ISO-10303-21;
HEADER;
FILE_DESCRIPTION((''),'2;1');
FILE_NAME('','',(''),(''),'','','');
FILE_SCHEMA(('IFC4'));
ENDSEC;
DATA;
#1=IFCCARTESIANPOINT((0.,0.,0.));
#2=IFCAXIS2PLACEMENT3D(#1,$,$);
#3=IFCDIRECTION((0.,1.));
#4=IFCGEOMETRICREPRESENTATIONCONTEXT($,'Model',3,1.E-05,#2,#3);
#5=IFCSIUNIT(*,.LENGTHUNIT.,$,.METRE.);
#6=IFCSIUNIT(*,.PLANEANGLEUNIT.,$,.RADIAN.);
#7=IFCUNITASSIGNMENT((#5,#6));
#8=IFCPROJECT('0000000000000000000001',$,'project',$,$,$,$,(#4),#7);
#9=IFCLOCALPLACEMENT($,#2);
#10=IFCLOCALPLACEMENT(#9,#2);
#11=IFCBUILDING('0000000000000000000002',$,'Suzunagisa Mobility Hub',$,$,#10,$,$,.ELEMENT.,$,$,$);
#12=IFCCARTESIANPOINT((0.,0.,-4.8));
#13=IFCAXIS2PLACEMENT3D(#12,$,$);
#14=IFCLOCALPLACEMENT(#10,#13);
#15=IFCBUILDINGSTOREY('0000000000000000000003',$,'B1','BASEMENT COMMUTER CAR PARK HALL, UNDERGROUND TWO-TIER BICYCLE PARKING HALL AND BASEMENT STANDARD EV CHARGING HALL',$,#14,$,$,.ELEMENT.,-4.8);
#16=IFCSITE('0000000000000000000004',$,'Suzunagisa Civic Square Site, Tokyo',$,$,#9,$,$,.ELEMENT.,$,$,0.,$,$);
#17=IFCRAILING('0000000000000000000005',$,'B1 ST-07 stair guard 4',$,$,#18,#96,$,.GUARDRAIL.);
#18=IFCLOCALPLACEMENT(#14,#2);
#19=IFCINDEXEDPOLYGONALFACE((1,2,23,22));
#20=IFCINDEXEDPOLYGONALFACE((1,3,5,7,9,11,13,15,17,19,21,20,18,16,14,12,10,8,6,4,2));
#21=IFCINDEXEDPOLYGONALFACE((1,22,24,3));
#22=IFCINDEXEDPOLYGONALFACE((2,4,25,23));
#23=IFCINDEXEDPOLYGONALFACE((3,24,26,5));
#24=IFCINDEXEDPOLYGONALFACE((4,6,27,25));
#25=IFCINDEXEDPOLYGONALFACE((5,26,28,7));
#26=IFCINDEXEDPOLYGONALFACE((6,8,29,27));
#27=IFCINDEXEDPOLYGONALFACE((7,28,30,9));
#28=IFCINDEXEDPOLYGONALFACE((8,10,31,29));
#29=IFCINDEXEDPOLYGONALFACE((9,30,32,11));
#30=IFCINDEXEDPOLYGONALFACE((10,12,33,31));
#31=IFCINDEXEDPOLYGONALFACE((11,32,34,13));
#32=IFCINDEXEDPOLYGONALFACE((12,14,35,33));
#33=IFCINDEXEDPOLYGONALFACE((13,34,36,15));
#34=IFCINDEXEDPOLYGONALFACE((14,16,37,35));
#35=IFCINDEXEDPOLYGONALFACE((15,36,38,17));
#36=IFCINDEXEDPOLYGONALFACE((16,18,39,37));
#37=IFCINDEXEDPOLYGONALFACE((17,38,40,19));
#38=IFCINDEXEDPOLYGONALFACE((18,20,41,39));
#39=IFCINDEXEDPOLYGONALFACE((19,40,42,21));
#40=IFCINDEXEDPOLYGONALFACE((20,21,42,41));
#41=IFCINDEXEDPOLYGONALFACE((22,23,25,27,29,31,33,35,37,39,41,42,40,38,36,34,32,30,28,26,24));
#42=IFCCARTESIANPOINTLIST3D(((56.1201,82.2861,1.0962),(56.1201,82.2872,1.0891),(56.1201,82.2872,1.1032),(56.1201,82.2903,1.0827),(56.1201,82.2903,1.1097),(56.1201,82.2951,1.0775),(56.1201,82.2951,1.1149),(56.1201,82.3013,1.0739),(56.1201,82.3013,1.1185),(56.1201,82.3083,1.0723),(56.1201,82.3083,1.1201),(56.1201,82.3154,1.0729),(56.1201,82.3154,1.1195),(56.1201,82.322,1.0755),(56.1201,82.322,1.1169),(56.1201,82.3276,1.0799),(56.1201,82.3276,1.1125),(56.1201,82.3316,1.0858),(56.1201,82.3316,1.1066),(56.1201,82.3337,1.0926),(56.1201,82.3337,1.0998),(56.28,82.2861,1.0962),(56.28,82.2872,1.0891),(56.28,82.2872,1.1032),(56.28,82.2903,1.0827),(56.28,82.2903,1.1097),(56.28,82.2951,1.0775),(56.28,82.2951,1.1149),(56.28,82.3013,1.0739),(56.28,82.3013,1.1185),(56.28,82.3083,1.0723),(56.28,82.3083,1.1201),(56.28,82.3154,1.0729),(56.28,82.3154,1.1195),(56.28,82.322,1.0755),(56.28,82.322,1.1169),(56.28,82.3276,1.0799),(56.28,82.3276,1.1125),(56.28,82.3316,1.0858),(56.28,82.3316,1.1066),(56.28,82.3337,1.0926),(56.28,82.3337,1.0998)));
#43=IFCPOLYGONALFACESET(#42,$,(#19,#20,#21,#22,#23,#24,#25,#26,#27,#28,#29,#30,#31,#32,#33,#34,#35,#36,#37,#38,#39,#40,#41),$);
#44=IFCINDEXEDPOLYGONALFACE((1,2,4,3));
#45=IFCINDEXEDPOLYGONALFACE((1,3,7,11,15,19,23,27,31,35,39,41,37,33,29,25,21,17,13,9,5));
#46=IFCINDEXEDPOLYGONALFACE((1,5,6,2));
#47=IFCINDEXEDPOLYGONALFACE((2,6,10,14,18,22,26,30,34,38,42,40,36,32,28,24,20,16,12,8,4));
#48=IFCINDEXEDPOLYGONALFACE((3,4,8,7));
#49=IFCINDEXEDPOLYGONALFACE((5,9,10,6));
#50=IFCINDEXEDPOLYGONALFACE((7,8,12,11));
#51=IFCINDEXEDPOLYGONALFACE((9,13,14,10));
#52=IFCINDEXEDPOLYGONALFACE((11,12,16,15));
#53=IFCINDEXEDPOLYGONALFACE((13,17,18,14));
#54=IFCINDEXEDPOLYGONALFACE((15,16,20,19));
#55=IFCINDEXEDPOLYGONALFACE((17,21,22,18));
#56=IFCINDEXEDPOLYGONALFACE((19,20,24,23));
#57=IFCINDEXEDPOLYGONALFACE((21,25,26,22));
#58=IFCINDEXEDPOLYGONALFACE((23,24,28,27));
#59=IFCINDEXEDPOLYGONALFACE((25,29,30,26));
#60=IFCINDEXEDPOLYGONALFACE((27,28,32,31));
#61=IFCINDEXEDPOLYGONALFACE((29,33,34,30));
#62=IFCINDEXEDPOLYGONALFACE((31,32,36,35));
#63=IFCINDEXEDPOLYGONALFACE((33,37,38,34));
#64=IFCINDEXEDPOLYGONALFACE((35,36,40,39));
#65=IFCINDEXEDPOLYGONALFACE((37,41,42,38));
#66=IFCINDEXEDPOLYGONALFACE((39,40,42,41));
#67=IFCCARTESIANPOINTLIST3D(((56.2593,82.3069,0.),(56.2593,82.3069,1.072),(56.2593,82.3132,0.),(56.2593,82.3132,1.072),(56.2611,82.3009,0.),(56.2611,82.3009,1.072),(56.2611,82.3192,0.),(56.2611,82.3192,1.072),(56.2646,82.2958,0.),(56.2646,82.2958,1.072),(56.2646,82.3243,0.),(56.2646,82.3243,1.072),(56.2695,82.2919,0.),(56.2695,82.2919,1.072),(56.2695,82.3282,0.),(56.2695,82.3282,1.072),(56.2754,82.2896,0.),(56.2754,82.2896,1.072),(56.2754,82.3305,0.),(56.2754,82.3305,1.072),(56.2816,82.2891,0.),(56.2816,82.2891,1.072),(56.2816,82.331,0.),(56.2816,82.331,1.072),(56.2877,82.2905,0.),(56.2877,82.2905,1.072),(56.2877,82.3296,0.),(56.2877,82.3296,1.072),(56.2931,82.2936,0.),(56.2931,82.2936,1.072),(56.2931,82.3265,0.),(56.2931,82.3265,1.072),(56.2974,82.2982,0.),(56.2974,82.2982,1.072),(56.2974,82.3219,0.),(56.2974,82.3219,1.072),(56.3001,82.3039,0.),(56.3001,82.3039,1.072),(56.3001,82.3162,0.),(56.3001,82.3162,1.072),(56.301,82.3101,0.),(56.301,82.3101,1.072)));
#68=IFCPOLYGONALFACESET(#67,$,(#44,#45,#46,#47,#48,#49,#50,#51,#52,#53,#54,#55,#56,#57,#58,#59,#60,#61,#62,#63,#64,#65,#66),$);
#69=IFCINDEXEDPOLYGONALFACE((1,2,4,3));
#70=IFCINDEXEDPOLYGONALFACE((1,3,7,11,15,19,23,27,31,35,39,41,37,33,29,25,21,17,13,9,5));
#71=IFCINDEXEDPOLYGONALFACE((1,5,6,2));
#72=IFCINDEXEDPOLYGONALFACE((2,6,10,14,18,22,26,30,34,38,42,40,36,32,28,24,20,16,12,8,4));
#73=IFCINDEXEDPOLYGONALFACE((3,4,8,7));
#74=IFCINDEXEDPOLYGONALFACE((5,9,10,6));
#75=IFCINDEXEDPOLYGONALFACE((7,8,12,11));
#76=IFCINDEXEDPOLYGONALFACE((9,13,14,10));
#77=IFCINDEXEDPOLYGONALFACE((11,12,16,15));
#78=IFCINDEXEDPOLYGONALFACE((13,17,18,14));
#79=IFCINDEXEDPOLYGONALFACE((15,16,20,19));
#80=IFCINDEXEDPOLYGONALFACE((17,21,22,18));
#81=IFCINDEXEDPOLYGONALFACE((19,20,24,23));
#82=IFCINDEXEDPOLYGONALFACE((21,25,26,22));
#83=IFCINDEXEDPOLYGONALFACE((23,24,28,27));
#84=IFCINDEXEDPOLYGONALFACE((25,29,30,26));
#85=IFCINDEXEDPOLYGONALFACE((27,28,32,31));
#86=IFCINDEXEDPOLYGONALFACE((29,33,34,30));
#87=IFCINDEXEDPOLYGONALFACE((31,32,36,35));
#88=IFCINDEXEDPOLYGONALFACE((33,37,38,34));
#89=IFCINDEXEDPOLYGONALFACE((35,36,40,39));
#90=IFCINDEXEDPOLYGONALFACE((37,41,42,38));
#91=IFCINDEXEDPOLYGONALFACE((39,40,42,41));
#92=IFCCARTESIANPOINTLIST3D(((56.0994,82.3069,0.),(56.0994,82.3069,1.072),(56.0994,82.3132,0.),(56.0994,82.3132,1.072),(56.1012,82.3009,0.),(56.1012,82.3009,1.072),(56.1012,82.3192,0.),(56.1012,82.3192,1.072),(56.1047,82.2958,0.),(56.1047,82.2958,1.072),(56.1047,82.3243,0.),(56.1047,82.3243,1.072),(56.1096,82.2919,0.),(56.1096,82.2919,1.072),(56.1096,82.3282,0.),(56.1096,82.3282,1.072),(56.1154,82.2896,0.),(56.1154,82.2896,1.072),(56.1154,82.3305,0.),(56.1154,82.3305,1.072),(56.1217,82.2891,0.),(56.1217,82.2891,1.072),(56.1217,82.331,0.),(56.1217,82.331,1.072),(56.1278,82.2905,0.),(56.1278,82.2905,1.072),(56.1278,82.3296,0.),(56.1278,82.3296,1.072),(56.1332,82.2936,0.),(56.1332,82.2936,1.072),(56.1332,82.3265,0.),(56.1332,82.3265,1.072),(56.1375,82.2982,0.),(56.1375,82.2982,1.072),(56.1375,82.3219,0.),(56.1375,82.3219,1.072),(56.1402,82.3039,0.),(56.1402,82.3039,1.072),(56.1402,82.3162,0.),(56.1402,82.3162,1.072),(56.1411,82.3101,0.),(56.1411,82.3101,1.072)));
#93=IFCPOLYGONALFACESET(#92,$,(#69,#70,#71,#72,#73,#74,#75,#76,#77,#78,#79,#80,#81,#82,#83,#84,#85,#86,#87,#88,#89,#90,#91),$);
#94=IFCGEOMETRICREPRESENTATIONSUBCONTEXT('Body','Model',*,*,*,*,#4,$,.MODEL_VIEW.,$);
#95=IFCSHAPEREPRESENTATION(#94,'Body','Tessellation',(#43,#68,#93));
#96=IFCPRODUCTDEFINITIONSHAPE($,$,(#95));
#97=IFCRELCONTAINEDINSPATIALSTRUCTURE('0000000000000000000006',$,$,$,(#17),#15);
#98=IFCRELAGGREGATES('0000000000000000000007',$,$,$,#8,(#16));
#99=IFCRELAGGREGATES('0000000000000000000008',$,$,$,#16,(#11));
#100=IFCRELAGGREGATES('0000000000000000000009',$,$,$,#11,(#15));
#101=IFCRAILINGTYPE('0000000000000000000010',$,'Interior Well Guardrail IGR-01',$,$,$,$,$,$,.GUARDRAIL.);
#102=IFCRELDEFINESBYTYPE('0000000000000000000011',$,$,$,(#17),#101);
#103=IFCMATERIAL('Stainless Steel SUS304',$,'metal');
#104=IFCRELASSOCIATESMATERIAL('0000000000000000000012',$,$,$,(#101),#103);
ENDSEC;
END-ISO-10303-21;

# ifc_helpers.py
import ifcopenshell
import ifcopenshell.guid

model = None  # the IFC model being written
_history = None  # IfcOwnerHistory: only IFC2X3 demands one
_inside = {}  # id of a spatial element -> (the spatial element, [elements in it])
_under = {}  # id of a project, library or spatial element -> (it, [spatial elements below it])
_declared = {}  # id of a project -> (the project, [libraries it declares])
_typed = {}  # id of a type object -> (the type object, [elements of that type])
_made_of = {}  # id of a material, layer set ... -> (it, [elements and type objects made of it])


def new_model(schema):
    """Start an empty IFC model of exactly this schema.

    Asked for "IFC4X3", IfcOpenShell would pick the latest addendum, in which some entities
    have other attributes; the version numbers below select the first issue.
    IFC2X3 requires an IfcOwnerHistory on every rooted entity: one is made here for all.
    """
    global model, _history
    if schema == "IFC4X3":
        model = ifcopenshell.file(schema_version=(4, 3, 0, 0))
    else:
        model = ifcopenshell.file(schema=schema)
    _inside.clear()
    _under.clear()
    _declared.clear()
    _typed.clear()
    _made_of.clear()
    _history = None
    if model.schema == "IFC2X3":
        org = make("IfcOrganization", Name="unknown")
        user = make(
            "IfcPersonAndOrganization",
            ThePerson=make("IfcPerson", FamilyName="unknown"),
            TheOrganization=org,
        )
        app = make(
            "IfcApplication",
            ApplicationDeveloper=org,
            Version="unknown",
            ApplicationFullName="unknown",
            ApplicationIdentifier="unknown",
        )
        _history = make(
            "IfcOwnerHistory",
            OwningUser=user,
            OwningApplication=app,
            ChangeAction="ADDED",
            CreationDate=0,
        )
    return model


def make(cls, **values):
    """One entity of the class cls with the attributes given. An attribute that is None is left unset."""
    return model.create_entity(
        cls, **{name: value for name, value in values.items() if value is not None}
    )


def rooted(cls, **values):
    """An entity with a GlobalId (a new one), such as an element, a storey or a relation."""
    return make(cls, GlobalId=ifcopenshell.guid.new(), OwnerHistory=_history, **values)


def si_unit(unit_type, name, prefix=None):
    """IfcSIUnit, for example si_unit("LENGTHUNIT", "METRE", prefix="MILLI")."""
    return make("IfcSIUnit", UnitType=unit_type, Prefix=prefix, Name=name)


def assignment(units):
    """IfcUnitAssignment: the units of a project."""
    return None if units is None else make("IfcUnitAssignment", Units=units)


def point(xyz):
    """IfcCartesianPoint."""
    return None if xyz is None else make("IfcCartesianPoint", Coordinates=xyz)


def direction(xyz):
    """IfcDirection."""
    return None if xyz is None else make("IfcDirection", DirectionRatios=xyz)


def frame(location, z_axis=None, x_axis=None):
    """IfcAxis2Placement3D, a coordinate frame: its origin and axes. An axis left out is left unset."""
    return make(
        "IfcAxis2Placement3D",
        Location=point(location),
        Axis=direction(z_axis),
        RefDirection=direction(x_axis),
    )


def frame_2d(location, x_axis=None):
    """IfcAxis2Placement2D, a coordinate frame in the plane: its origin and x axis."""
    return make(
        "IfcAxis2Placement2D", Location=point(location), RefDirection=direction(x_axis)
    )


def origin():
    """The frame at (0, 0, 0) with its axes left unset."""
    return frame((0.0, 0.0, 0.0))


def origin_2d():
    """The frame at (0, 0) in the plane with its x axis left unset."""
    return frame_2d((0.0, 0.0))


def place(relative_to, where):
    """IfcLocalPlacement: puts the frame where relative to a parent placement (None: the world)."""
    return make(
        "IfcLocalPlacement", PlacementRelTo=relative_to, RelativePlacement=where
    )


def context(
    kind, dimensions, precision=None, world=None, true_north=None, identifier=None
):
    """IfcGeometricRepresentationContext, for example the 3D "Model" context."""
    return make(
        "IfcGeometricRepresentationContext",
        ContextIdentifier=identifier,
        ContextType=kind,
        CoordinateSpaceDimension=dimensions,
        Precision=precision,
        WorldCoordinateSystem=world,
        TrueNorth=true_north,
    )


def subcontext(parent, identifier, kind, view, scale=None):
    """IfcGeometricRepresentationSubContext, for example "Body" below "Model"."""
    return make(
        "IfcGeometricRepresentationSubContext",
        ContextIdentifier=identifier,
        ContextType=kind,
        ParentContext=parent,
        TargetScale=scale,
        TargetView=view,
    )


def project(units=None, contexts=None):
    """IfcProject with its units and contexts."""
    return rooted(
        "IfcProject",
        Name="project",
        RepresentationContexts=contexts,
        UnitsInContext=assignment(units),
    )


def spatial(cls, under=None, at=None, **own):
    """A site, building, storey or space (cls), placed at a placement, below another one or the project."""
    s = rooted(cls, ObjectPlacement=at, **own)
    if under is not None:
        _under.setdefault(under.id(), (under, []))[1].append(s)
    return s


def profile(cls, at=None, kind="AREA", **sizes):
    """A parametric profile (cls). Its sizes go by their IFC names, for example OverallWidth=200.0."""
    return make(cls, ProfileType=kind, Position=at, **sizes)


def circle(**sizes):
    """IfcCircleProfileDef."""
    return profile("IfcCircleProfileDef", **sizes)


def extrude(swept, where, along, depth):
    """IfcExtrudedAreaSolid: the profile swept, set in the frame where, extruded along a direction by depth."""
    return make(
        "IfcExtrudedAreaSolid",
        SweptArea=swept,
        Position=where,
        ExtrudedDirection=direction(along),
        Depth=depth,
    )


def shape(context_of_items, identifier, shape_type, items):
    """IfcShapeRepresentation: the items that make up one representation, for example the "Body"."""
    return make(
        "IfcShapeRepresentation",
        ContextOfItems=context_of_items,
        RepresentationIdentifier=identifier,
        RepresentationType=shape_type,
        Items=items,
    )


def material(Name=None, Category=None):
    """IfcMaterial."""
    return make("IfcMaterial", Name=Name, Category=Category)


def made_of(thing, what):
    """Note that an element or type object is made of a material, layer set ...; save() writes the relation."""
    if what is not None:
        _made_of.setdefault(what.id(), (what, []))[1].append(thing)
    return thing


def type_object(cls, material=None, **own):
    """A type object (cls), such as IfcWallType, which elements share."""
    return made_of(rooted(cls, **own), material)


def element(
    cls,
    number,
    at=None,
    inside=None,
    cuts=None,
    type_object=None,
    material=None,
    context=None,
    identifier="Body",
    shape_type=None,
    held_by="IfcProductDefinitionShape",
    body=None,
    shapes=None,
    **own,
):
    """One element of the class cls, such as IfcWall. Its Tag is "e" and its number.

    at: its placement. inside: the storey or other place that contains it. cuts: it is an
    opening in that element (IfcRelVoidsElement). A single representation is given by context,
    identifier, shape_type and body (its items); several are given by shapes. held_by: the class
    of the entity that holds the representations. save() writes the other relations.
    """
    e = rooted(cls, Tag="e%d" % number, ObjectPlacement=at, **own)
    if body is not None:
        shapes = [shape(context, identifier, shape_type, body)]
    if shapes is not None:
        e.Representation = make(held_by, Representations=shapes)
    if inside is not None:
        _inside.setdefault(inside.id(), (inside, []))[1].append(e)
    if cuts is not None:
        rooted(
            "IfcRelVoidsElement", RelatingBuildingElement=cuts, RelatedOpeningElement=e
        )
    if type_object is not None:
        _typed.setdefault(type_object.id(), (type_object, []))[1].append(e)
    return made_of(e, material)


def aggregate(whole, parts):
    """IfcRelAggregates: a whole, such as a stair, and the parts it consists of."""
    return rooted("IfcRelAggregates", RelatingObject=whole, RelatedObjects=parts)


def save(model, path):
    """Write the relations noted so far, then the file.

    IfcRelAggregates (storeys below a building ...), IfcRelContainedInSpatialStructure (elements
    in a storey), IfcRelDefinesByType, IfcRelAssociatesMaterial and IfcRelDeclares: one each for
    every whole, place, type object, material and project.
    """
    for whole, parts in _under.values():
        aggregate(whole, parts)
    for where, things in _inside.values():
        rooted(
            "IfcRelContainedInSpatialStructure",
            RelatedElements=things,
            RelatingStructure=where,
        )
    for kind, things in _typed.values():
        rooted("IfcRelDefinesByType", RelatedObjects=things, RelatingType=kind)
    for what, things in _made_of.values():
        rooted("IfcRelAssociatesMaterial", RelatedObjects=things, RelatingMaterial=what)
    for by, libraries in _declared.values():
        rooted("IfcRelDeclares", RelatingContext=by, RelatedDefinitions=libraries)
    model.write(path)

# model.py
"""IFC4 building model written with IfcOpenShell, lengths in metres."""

from ifc_helpers import new_model, si_unit, direction, frame, origin, origin_2d, place, context, subcontext, project, spatial, circle, extrude, material, type_object, element, save


model = new_model("IFC4")

# Units and contexts
model_context = context("Model", 3, precision=1e-05, world=origin(), true_north=direction((0.0, 1.0)))
body_context = subcontext(model_context, "Body", "Model", "MODEL_VIEW")
ifc_project = project(units=[si_unit("LENGTHUNIT", "METRE"), si_unit("PLANEANGLEUNIT", "RADIAN")], contexts=[model_context])

# Site, building, storey
site_placement = place(None, origin())
site = spatial("IfcSite", under=ifc_project, at=site_placement, Name="Suzunagisa Civic Square Site, Tokyo", CompositionType="ELEMENT", RefElevation=0.0)
building_placement = place(site_placement, origin())
building = spatial("IfcBuilding", under=site, at=building_placement, Name="Suzunagisa Mobility Hub", CompositionType="ELEMENT")
storey_placement = place(building_placement, frame((0.0, 0.0, -4.8)))
storey = spatial("IfcBuildingStorey", under=building, at=storey_placement, Name="B1", Description="BASEMENT COMMUTER CAR PARK HALL, UNDERGROUND TWO-TIER BICYCLE PARKING HALL AND BASEMENT STANDARD EV CHARGING HALL", CompositionType="ELEMENT", Elevation=-4.8)

# Railing
ifc_material_1 = material(Name="Stainless Steel SUS304", Category="metal")
railing_type_1 = type_object("IfcRailingType", Name="Interior Well Guardrail IGR-01", PredefinedType="GUARDRAIL", material=ifc_material_1)
railing_1_placement = place(storey_placement, frame((56.28, 82.3101, 0.0)))
element("IfcRailing", 1, at=railing_1_placement, inside=storey, type_object=railing_type_1, Name="B1 ST-07 stair guard 4", PredefinedType="GUARDRAIL", context=body_context, shape_type="SweptSolid", body=[
    extrude(circle(Radius=0.0239, at=origin_2d()), frame((0.0, 0.0, 1.0962), z_axis=(-1.0, 0.0, 0.0), x_axis=(0.0, -1.0, 0.0)), (0.0, 0.0, 1.0), 0.1599),
    extrude(circle(Radius=0.021, at=origin_2d()), origin(), (0.0, 0.0, 1.0), 1.072),
    extrude(circle(Radius=0.021, at=origin_2d()), frame((-0.1599, 0.0, 0.0)), (0.0, 0.0, 1.0), 1.072),
])

save(model, "model.ifc")
